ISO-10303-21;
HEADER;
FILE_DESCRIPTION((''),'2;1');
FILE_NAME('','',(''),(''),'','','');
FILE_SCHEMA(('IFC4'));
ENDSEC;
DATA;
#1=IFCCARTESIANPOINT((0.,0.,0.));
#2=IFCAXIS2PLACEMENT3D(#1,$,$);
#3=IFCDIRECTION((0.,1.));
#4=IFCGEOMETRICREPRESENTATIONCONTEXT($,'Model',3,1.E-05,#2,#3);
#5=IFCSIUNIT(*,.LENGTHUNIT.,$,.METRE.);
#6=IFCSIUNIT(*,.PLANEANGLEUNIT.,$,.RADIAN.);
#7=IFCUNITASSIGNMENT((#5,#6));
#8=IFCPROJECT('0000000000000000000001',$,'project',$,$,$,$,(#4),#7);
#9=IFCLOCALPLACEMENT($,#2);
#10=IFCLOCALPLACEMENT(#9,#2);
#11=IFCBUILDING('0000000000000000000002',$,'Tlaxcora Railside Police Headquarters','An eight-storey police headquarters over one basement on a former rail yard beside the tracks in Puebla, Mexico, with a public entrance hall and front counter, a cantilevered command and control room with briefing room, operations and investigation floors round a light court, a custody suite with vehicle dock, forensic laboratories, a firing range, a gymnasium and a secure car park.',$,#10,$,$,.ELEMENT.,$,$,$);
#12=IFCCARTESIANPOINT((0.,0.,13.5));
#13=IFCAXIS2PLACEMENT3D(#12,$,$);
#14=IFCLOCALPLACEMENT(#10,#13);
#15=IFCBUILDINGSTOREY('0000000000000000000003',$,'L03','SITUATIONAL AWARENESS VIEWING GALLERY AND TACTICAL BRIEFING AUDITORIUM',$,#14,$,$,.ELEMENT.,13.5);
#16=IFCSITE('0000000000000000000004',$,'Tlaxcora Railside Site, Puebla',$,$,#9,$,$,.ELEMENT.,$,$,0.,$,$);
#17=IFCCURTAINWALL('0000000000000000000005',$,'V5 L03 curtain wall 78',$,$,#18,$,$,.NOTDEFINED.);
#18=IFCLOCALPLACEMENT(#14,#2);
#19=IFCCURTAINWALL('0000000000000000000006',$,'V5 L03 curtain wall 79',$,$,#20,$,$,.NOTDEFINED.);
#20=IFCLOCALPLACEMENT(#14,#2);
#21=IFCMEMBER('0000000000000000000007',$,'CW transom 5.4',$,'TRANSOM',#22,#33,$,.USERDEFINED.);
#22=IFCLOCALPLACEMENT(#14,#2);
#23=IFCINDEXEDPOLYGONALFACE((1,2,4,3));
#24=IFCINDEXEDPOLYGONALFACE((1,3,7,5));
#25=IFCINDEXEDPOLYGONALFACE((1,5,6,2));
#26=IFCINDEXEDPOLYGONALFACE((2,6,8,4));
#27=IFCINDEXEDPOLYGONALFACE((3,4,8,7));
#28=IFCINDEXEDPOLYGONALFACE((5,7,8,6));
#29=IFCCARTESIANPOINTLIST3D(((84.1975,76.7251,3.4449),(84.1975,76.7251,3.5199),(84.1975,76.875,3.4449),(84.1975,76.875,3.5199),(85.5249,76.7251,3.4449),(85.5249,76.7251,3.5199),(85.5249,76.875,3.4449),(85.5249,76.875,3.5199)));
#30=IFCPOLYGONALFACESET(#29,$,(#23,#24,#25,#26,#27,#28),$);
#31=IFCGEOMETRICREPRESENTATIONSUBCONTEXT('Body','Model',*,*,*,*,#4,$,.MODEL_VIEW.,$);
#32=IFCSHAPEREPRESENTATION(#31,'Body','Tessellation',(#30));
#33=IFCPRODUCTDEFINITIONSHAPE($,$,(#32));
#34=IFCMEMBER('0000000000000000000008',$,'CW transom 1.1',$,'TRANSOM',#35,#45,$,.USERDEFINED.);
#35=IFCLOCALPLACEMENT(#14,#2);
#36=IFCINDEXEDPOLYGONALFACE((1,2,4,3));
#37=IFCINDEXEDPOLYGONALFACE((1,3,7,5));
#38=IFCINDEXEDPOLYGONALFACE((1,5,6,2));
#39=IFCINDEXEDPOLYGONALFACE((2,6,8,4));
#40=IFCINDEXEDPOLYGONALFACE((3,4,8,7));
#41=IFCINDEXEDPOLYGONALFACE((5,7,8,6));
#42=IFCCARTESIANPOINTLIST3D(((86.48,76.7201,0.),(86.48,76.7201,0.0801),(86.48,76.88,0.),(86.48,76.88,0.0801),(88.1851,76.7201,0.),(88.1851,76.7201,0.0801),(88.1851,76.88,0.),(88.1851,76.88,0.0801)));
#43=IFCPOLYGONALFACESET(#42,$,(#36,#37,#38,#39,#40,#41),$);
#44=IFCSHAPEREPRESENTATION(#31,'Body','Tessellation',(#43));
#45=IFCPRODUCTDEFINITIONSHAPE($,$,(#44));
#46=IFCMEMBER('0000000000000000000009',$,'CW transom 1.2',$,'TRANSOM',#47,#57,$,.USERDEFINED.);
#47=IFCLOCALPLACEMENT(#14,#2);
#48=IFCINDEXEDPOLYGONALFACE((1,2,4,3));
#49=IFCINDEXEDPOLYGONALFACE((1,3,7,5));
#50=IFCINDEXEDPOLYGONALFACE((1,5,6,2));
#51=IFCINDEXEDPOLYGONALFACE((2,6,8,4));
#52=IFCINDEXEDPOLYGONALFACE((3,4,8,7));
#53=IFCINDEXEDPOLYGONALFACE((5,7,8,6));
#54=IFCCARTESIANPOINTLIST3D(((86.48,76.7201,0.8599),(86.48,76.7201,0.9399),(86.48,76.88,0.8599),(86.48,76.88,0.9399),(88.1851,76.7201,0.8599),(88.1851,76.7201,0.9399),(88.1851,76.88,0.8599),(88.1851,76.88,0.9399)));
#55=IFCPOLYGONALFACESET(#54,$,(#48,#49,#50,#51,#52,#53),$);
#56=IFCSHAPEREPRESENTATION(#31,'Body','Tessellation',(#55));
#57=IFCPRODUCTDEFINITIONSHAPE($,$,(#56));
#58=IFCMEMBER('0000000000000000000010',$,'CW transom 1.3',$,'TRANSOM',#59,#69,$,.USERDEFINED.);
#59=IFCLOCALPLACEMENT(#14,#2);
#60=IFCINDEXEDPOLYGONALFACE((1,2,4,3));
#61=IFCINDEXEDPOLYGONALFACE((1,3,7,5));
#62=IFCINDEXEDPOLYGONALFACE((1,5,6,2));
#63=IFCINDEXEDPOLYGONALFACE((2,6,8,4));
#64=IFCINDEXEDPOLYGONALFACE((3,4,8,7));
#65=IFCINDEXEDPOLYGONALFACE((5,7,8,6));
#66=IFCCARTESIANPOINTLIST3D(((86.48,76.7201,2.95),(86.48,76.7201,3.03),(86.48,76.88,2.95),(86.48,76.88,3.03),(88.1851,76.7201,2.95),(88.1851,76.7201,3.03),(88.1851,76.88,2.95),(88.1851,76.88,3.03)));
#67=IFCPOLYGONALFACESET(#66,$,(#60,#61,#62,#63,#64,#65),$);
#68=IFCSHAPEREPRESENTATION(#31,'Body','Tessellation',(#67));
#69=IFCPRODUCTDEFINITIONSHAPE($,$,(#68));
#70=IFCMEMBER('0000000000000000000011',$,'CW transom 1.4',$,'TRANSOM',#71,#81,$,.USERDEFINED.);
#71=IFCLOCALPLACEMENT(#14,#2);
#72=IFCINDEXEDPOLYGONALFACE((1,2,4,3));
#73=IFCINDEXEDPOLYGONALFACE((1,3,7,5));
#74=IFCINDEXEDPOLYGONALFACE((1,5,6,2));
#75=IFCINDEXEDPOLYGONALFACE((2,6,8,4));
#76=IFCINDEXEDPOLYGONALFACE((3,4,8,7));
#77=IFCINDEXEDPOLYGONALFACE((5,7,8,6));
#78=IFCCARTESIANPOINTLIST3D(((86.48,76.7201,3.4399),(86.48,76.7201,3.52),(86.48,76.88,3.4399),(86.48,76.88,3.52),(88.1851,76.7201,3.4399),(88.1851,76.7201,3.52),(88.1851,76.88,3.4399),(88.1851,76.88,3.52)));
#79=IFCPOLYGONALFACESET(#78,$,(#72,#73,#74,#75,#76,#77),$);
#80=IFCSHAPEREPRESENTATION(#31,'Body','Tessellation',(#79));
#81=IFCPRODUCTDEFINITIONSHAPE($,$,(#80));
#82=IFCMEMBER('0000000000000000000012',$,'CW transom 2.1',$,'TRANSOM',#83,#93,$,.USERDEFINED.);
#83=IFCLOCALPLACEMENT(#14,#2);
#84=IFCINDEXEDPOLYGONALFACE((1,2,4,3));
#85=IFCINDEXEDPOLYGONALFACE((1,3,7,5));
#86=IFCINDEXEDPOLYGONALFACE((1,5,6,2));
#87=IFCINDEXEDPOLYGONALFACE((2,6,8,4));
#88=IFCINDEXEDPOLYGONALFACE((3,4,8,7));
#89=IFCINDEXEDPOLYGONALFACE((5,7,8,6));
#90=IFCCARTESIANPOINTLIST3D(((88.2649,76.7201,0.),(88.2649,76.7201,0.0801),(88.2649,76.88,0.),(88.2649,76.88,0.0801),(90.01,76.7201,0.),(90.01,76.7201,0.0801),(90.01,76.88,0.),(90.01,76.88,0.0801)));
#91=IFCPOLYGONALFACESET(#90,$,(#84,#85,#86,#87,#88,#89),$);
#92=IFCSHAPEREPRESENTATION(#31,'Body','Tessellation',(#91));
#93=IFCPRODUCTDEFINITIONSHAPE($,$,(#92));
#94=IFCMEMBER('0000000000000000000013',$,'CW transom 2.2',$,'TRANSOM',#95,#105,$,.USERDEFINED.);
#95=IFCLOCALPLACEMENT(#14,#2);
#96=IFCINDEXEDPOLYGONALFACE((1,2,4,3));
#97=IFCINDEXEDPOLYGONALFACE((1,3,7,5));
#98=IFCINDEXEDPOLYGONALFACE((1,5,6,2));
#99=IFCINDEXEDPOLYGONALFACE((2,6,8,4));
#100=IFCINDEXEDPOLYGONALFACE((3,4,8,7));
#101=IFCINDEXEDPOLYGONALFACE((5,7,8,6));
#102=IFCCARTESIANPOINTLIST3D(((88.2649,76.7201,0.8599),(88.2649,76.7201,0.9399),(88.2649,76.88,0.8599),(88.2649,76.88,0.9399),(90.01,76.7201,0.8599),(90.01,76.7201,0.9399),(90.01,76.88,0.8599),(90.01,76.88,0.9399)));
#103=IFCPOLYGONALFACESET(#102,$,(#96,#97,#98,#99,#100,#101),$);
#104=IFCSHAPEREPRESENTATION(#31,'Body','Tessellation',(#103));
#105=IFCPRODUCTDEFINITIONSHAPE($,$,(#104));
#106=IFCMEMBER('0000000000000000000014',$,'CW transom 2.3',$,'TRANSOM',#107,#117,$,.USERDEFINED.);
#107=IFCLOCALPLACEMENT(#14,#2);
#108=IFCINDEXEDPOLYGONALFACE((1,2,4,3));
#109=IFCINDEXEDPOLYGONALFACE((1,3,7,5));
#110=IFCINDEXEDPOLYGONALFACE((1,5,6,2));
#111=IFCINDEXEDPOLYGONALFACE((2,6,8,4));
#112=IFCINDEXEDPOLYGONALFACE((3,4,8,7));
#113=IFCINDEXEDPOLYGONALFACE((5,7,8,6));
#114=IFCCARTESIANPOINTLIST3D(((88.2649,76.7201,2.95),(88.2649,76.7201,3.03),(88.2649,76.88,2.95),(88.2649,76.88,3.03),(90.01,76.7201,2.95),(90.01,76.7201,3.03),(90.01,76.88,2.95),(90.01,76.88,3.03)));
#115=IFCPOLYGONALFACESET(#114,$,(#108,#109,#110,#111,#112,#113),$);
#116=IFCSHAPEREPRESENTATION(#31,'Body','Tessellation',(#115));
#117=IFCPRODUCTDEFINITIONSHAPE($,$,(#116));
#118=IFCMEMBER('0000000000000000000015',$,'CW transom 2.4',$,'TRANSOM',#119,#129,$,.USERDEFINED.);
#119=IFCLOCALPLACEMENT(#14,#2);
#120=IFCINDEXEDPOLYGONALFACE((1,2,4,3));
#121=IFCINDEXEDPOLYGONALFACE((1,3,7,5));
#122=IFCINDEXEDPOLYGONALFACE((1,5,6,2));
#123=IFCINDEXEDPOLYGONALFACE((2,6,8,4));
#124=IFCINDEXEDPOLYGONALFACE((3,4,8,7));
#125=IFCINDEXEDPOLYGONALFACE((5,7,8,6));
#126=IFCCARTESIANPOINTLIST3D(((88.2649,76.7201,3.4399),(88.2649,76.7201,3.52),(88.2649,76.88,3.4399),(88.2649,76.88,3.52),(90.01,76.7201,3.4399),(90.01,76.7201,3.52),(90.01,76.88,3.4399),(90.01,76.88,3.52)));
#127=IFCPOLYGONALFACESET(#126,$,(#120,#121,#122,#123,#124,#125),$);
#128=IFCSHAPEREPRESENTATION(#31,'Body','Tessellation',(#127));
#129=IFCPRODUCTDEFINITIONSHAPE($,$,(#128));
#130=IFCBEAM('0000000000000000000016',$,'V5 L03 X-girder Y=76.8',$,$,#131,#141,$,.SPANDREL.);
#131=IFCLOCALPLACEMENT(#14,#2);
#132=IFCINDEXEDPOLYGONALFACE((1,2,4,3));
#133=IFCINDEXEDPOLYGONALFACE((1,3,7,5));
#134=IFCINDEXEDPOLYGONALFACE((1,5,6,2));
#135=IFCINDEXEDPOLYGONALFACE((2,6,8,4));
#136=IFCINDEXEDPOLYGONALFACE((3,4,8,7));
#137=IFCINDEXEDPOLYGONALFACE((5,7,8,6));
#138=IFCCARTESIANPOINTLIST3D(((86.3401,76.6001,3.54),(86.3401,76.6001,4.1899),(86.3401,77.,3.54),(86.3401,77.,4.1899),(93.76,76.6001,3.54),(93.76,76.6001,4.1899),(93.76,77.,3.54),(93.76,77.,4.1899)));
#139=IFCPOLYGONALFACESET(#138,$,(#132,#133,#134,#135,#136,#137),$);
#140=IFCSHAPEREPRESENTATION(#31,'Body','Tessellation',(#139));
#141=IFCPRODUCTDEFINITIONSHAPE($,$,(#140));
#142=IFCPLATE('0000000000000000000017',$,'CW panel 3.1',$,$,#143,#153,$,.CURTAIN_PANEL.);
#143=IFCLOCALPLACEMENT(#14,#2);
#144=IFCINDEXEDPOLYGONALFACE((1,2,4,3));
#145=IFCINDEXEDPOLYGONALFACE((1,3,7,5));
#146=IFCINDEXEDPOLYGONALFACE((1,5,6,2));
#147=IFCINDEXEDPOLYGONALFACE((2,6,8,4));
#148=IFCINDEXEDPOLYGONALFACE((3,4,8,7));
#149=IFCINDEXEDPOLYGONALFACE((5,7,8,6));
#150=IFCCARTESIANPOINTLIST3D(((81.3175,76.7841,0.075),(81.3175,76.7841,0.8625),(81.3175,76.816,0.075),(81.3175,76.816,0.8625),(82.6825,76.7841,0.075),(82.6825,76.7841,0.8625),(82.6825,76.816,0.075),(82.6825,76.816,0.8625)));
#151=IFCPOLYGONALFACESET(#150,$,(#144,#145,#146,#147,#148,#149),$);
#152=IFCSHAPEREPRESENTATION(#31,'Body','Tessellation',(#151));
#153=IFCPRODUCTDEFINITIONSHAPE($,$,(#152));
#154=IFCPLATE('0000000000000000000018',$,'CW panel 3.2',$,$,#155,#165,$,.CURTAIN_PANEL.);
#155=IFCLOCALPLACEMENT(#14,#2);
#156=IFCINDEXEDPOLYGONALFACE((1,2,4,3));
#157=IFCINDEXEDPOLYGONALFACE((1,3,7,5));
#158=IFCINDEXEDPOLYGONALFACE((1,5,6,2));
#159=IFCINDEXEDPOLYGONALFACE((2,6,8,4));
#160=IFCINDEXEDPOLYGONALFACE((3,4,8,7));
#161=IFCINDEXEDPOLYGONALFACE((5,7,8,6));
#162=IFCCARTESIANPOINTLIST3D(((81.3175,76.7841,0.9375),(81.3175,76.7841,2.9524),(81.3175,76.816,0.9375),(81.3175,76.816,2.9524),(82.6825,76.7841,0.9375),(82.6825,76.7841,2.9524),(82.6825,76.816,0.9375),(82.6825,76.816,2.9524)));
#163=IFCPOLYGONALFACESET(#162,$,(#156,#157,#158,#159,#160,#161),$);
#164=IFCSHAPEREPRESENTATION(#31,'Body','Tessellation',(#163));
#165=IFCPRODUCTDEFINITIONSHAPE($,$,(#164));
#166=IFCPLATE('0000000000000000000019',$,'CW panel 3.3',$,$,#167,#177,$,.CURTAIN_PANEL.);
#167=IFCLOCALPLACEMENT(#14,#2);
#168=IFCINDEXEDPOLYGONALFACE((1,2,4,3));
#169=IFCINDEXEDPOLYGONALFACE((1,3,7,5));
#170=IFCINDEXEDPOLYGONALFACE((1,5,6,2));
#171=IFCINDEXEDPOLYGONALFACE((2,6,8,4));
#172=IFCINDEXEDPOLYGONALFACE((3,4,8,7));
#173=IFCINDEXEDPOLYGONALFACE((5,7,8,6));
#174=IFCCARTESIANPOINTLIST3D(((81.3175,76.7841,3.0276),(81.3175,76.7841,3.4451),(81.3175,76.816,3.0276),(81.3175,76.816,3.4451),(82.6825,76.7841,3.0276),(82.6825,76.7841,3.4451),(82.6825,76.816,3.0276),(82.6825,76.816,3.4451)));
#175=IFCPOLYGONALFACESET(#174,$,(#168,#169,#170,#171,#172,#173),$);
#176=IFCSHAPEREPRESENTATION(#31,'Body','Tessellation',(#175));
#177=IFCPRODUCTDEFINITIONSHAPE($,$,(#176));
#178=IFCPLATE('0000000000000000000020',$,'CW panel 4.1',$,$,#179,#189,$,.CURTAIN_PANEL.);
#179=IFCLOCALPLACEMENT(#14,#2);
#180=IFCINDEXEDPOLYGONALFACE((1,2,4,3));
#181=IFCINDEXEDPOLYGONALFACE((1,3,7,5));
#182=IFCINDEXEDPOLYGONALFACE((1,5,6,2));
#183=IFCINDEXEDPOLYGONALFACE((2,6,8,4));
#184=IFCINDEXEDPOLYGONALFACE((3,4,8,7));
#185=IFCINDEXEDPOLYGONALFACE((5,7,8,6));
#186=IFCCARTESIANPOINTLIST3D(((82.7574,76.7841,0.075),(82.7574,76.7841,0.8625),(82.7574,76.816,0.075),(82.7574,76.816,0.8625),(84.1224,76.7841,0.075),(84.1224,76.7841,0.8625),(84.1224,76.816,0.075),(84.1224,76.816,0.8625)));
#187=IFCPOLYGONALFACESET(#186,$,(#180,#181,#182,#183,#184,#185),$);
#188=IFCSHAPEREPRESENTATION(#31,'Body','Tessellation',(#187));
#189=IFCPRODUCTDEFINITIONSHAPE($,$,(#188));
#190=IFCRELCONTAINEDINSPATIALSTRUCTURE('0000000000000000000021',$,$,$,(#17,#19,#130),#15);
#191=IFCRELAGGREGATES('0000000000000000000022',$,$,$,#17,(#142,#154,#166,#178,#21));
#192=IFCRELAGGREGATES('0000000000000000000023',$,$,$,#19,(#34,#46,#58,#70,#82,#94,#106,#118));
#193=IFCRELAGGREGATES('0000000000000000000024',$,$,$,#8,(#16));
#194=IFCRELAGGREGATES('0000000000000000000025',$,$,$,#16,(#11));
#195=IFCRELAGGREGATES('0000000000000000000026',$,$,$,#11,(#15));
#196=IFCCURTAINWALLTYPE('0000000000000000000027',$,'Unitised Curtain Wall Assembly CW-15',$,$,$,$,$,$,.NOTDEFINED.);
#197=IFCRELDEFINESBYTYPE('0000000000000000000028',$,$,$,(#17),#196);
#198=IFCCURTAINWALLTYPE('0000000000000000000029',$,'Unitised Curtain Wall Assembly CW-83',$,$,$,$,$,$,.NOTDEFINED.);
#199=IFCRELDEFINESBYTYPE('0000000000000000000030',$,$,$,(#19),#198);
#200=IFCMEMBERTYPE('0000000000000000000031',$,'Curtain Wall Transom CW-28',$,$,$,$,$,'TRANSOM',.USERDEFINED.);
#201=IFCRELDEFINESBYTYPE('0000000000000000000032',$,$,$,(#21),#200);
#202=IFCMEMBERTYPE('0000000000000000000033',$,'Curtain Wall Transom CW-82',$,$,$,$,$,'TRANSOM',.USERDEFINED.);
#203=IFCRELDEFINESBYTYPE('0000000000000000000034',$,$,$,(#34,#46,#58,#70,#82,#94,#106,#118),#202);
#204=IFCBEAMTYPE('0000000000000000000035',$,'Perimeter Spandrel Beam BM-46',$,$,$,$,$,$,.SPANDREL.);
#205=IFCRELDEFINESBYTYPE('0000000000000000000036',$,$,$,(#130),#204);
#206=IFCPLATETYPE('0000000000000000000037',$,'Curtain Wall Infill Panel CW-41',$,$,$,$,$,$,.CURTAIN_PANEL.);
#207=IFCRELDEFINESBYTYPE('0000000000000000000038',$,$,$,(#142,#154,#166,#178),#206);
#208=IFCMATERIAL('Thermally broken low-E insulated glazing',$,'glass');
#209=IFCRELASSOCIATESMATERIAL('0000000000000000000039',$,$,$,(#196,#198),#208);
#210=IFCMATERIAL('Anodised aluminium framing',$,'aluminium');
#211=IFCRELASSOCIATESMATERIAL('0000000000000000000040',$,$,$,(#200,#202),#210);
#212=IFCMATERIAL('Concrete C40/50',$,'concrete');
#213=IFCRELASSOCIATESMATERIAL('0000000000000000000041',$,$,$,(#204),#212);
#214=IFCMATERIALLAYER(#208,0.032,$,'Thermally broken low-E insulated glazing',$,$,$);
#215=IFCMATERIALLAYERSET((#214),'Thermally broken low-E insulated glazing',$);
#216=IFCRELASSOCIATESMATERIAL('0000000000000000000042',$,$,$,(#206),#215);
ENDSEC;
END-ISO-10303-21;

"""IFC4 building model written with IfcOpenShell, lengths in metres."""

from ifc_helpers import new_model, si_unit, direction, frame, origin, origin_2d, place, context, subcontext, project, spatial, rectangle, extrude, material, layer, layer_set, material_profile, profile_set, type_object, element, aggregate, save


model = new_model("IFC4")

# Units and contexts
model_context = context("Model", 3, precision=1e-05, world=origin(), true_north=direction((0.0, 1.0)))
body_context = subcontext(model_context, "Body", "Model", "MODEL_VIEW")
ifc_project = project(units=[si_unit("LENGTHUNIT", "METRE"), si_unit("PLANEANGLEUNIT", "RADIAN")], contexts=[model_context])

# Site, building, storey
site_placement = place(None, origin())
site = spatial("IfcSite", under=ifc_project, at=site_placement, Name="Tlaxcora Railside Site, Puebla", CompositionType="ELEMENT", RefElevation=0.0)
building_placement = place(site_placement, origin())
building = spatial("IfcBuilding", under=site, at=building_placement, Name="Tlaxcora Railside Police Headquarters", Description="An eight-storey police headquarters over one basement on a former rail yard beside the tracks in Puebla, Mexico, with a public entrance hall and front counter, a cantilevered command and control room with briefing room, operations and investigation floors round a light court, a custody suite with vehicle dock, forensic laboratories, a firing range, a gymnasium and a secure car park.", CompositionType="ELEMENT")
storey_placement = place(building_placement, frame((0.0, 0.0, 13.5)))
storey = spatial("IfcBuildingStorey", under=building, at=storey_placement, Name="L03", Description="SITUATIONAL AWARENESS VIEWING GALLERY AND TACTICAL BRIEFING AUDITORIUM", CompositionType="ELEMENT", Elevation=13.5)

# Shared definitions
ifc_material_1 = material(Name="Concrete C40/50", Category="concrete")

# Curtain walls
ifc_material_2 = material(Name="Thermally broken low-E insulated glazing", Category="glass")
curtain_wall_type_1 = type_object("IfcCurtainWallType", Name="Unitised Curtain Wall Assembly CW-15", PredefinedType="NOTDEFINED", material=ifc_material_2)
curtain_wall_1_placement = place(storey_placement, origin())
curtain_wall_1 = element("IfcCurtainWall", 1, at=curtain_wall_1_placement, inside=storey, type_object=curtain_wall_type_1, Name="V5 L03 curtain wall 78", PredefinedType="NOTDEFINED")
ifc_material_3 = material(Name="Anodised aluminium framing", Category="aluminium")
curtain_wall_type_2 = type_object("IfcCurtainWallType", Name="Unitised Curtain Wall Assembly CW-83", PredefinedType="NOTDEFINED", material=ifc_material_2)
curtain_wall_2_placement = place(storey_placement, origin())
curtain_wall_2 = element("IfcCurtainWall", 2, at=curtain_wall_2_placement, inside=storey, type_object=curtain_wall_type_2, Name="V5 L03 curtain wall 79", PredefinedType="NOTDEFINED")

# Members
ifc_material_profile_1 = material_profile(ifc_material_3, rectangle(XDim=0.1499, YDim=0.075, at=origin_2d()), Name="AL75X150")
ifc_profile_set_1 = profile_set([ifc_material_profile_1], Name="Anodised aluminium framing")
member_type_1 = type_object("IfcMemberType", Name="Curtain Wall Transom CW-28", ElementType="TRANSOM", PredefinedType="USERDEFINED", material=ifc_profile_set_1)
member_1_placement = place(storey_placement, frame((84.1975, 76.8, 3.4824), z_axis=(1.0, 0.0, 0.0), x_axis=(0.0, 1.0, 0.0)))
member_1 = element("IfcMember", 3, at=member_1_placement, type_object=member_type_1, Name="CW transom 5.4", ObjectType="TRANSOM", PredefinedType="USERDEFINED", context=body_context, shape_type="SweptSolid", body=[
    extrude(rectangle(XDim=0.1499, YDim=0.075, at=origin_2d()), origin(), (0.0, 0.0, 1.0), 1.3274),
])
ifc_material_profile_2 = material_profile(ifc_material_3, rectangle(XDim=0.1599, YDim=0.0801, at=origin_2d()), Name="AL80X160")
ifc_profile_set_2 = profile_set([ifc_material_profile_2], Name="Anodised aluminium framing")
member_type_2 = type_object("IfcMemberType", Name="Curtain Wall Transom CW-82", ElementType="TRANSOM", PredefinedType="USERDEFINED", material=ifc_profile_set_2)
member_2_placement = place(storey_placement, frame((86.48, 76.8, 0.04), z_axis=(1.0, 0.0, 0.0), x_axis=(0.0, 1.0, 0.0)))
member_2 = element("IfcMember", 4, at=member_2_placement, type_object=member_type_2, Name="CW transom 1.1", ObjectType="TRANSOM", PredefinedType="USERDEFINED", context=body_context, shape_type="SweptSolid", body=[
    extrude(rectangle(XDim=0.1599, YDim=0.0801, at=origin_2d()), origin(), (0.0, 0.0, 1.0), 1.7051),
])
member_3_placement = place(storey_placement, frame((86.48, 76.8, 0.8999), z_axis=(1.0, 0.0, 0.0), x_axis=(0.0, 1.0, 0.0)))
member_3 = element("IfcMember", 5, at=member_3_placement, type_object=member_type_2, Name="CW transom 1.2", ObjectType="TRANSOM", PredefinedType="USERDEFINED", context=body_context, shape_type="SweptSolid", body=[
    extrude(rectangle(XDim=0.1599, YDim=0.0801, at=origin_2d()), origin(), (0.0, 0.0, 1.0), 1.7051),
])
member_4_placement = place(storey_placement, frame((86.48, 76.8, 2.99), z_axis=(1.0, 0.0, 0.0), x_axis=(0.0, 1.0, 0.0)))
member_4 = element("IfcMember", 6, at=member_4_placement, type_object=member_type_2, Name="CW transom 1.3", ObjectType="TRANSOM", PredefinedType="USERDEFINED", context=body_context, shape_type="SweptSolid", body=[
    extrude(rectangle(XDim=0.1599, YDim=0.0801, at=origin_2d()), origin(), (0.0, 0.0, 1.0), 1.7051),
])
member_5_placement = place(storey_placement, frame((86.48, 76.8, 3.48), z_axis=(1.0, 0.0, 0.0), x_axis=(0.0, 1.0, 0.0)))
member_5 = element("IfcMember", 7, at=member_5_placement, type_object=member_type_2, Name="CW transom 1.4", ObjectType="TRANSOM", PredefinedType="USERDEFINED", context=body_context, shape_type="SweptSolid", body=[
    extrude(rectangle(XDim=0.1599, YDim=0.0801, at=origin_2d()), origin(), (0.0, 0.0, 1.0), 1.7051),
])
member_6_placement = place(storey_placement, frame((88.2649, 76.8, 0.04), z_axis=(1.0, 0.0, 0.0), x_axis=(0.0, 1.0, 0.0)))
member_6 = element("IfcMember", 8, at=member_6_placement, type_object=member_type_2, Name="CW transom 2.1", ObjectType="TRANSOM", PredefinedType="USERDEFINED", context=body_context, shape_type="SweptSolid", body=[
    extrude(rectangle(XDim=0.1599, YDim=0.0801, at=origin_2d()), origin(), (0.0, 0.0, 1.0), 1.7451),
])
member_7_placement = place(storey_placement, frame((88.2649, 76.8, 0.8999), z_axis=(1.0, 0.0, 0.0), x_axis=(0.0, 1.0, 0.0)))
member_7 = element("IfcMember", 9, at=member_7_placement, type_object=member_type_2, Name="CW transom 2.2", ObjectType="TRANSOM", PredefinedType="USERDEFINED", context=body_context, shape_type="SweptSolid", body=[
    extrude(rectangle(XDim=0.1599, YDim=0.0801, at=origin_2d()), origin(), (0.0, 0.0, 1.0), 1.7451),
])
member_8_placement = place(storey_placement, frame((88.2649, 76.8, 2.99), z_axis=(1.0, 0.0, 0.0), x_axis=(0.0, 1.0, 0.0)))
member_8 = element("IfcMember", 10, at=member_8_placement, type_object=member_type_2, Name="CW transom 2.3", ObjectType="TRANSOM", PredefinedType="USERDEFINED", context=body_context, shape_type="SweptSolid", body=[
    extrude(rectangle(XDim=0.1599, YDim=0.0801, at=origin_2d()), origin(), (0.0, 0.0, 1.0), 1.7451),
])
member_9_placement = place(storey_placement, frame((88.2649, 76.8, 3.48), z_axis=(1.0, 0.0, 0.0), x_axis=(0.0, 1.0, 0.0)))
member_9 = element("IfcMember", 11, at=member_9_placement, type_object=member_type_2, Name="CW transom 2.4", ObjectType="TRANSOM", PredefinedType="USERDEFINED", context=body_context, shape_type="SweptSolid", body=[
    extrude(rectangle(XDim=0.1599, YDim=0.0801, at=origin_2d()), origin(), (0.0, 0.0, 1.0), 1.7451),
])

# Beam
ifc_material_profile_3 = material_profile(ifc_material_1, rectangle(XDim=0.3999, YDim=0.6499, at=origin_2d()), Name="RC400X650")
ifc_profile_set_3 = profile_set([ifc_material_profile_3], Name="Concrete C40/50")
beam_type = type_object("IfcBeamType", Name="Perimeter Spandrel Beam BM-46", PredefinedType="SPANDREL", material=ifc_profile_set_3)
beam_placement = place(storey_placement, frame((86.3401, 76.8, 3.865), z_axis=(1.0, 0.0, 0.0), x_axis=(0.0, 1.0, 0.0)))
element("IfcBeam", 12, at=beam_placement, inside=storey, type_object=beam_type, Name="V5 L03 X-girder Y=76.8", PredefinedType="SPANDREL", context=body_context, shape_type="SweptSolid", body=[
    extrude(rectangle(XDim=0.3999, YDim=0.6499, at=origin_2d()), origin(), (0.0, 0.0, 1.0), 7.4199),
])

# Plates
ifc_layer_1 = layer(ifc_material_2, 0.032, Name="Thermally broken low-E insulated glazing")
ifc_layer_set_1 = layer_set([ifc_layer_1], Name="Thermally broken low-E insulated glazing")
plate_type_1 = type_object("IfcPlateType", Name="Curtain Wall Infill Panel CW-41", PredefinedType="CURTAIN_PANEL", material=ifc_layer_set_1)
plate_1_placement = place(storey_placement, frame((82.0, 76.8, 0.075), z_axis=(0.0, 0.0, 1.0), x_axis=(1.0, 0.0, 0.0)))
plate_1 = element("IfcPlate", 13, at=plate_1_placement, type_object=plate_type_1, Name="CW panel 3.1", PredefinedType="CURTAIN_PANEL", context=body_context, shape_type="SweptSolid", body=[
    extrude(rectangle(XDim=1.365, YDim=0.032, at=origin_2d()), origin(), (0.0, 0.0, 1.0), 0.7876),
])
plate_2_placement = place(storey_placement, frame((82.0, 76.8, 0.9375), z_axis=(0.0, 0.0, 1.0), x_axis=(1.0, 0.0, 0.0)))
plate_2 = element("IfcPlate", 14, at=plate_2_placement, type_object=plate_type_1, Name="CW panel 3.2", PredefinedType="CURTAIN_PANEL", context=body_context, shape_type="SweptSolid", body=[
    extrude(rectangle(XDim=1.365, YDim=0.032, at=origin_2d()), origin(), (0.0, 0.0, 1.0), 2.0149),
])
plate_3_placement = place(storey_placement, frame((82.0, 76.8, 3.0276), z_axis=(0.0, 0.0, 1.0), x_axis=(1.0, 0.0, 0.0)))
plate_3 = element("IfcPlate", 15, at=plate_3_placement, type_object=plate_type_1, Name="CW panel 3.3", PredefinedType="CURTAIN_PANEL", context=body_context, shape_type="SweptSolid", body=[
    extrude(rectangle(XDim=1.365, YDim=0.032, at=origin_2d()), origin(), (0.0, 0.0, 1.0), 0.4175),
])
plate_4_placement = place(storey_placement, frame((83.4399, 76.8, 0.075), z_axis=(0.0, 0.0, 1.0), x_axis=(1.0, 0.0, 0.0)))
plate_4 = element("IfcPlate", 16, at=plate_4_placement, type_object=plate_type_1, Name="CW panel 4.1", PredefinedType="CURTAIN_PANEL", context=body_context, shape_type="SweptSolid", body=[
    extrude(rectangle(XDim=1.365, YDim=0.032, at=origin_2d()), origin(), (0.0, 0.0, 1.0), 0.7876),
])
aggregate(curtain_wall_1, [plate_1, plate_2, plate_3, plate_4, member_1])
aggregate(curtain_wall_2, [member_2, member_3, member_4, member_5, member_6, member_7, member_8, member_9])

save(model, "model.ifc")
